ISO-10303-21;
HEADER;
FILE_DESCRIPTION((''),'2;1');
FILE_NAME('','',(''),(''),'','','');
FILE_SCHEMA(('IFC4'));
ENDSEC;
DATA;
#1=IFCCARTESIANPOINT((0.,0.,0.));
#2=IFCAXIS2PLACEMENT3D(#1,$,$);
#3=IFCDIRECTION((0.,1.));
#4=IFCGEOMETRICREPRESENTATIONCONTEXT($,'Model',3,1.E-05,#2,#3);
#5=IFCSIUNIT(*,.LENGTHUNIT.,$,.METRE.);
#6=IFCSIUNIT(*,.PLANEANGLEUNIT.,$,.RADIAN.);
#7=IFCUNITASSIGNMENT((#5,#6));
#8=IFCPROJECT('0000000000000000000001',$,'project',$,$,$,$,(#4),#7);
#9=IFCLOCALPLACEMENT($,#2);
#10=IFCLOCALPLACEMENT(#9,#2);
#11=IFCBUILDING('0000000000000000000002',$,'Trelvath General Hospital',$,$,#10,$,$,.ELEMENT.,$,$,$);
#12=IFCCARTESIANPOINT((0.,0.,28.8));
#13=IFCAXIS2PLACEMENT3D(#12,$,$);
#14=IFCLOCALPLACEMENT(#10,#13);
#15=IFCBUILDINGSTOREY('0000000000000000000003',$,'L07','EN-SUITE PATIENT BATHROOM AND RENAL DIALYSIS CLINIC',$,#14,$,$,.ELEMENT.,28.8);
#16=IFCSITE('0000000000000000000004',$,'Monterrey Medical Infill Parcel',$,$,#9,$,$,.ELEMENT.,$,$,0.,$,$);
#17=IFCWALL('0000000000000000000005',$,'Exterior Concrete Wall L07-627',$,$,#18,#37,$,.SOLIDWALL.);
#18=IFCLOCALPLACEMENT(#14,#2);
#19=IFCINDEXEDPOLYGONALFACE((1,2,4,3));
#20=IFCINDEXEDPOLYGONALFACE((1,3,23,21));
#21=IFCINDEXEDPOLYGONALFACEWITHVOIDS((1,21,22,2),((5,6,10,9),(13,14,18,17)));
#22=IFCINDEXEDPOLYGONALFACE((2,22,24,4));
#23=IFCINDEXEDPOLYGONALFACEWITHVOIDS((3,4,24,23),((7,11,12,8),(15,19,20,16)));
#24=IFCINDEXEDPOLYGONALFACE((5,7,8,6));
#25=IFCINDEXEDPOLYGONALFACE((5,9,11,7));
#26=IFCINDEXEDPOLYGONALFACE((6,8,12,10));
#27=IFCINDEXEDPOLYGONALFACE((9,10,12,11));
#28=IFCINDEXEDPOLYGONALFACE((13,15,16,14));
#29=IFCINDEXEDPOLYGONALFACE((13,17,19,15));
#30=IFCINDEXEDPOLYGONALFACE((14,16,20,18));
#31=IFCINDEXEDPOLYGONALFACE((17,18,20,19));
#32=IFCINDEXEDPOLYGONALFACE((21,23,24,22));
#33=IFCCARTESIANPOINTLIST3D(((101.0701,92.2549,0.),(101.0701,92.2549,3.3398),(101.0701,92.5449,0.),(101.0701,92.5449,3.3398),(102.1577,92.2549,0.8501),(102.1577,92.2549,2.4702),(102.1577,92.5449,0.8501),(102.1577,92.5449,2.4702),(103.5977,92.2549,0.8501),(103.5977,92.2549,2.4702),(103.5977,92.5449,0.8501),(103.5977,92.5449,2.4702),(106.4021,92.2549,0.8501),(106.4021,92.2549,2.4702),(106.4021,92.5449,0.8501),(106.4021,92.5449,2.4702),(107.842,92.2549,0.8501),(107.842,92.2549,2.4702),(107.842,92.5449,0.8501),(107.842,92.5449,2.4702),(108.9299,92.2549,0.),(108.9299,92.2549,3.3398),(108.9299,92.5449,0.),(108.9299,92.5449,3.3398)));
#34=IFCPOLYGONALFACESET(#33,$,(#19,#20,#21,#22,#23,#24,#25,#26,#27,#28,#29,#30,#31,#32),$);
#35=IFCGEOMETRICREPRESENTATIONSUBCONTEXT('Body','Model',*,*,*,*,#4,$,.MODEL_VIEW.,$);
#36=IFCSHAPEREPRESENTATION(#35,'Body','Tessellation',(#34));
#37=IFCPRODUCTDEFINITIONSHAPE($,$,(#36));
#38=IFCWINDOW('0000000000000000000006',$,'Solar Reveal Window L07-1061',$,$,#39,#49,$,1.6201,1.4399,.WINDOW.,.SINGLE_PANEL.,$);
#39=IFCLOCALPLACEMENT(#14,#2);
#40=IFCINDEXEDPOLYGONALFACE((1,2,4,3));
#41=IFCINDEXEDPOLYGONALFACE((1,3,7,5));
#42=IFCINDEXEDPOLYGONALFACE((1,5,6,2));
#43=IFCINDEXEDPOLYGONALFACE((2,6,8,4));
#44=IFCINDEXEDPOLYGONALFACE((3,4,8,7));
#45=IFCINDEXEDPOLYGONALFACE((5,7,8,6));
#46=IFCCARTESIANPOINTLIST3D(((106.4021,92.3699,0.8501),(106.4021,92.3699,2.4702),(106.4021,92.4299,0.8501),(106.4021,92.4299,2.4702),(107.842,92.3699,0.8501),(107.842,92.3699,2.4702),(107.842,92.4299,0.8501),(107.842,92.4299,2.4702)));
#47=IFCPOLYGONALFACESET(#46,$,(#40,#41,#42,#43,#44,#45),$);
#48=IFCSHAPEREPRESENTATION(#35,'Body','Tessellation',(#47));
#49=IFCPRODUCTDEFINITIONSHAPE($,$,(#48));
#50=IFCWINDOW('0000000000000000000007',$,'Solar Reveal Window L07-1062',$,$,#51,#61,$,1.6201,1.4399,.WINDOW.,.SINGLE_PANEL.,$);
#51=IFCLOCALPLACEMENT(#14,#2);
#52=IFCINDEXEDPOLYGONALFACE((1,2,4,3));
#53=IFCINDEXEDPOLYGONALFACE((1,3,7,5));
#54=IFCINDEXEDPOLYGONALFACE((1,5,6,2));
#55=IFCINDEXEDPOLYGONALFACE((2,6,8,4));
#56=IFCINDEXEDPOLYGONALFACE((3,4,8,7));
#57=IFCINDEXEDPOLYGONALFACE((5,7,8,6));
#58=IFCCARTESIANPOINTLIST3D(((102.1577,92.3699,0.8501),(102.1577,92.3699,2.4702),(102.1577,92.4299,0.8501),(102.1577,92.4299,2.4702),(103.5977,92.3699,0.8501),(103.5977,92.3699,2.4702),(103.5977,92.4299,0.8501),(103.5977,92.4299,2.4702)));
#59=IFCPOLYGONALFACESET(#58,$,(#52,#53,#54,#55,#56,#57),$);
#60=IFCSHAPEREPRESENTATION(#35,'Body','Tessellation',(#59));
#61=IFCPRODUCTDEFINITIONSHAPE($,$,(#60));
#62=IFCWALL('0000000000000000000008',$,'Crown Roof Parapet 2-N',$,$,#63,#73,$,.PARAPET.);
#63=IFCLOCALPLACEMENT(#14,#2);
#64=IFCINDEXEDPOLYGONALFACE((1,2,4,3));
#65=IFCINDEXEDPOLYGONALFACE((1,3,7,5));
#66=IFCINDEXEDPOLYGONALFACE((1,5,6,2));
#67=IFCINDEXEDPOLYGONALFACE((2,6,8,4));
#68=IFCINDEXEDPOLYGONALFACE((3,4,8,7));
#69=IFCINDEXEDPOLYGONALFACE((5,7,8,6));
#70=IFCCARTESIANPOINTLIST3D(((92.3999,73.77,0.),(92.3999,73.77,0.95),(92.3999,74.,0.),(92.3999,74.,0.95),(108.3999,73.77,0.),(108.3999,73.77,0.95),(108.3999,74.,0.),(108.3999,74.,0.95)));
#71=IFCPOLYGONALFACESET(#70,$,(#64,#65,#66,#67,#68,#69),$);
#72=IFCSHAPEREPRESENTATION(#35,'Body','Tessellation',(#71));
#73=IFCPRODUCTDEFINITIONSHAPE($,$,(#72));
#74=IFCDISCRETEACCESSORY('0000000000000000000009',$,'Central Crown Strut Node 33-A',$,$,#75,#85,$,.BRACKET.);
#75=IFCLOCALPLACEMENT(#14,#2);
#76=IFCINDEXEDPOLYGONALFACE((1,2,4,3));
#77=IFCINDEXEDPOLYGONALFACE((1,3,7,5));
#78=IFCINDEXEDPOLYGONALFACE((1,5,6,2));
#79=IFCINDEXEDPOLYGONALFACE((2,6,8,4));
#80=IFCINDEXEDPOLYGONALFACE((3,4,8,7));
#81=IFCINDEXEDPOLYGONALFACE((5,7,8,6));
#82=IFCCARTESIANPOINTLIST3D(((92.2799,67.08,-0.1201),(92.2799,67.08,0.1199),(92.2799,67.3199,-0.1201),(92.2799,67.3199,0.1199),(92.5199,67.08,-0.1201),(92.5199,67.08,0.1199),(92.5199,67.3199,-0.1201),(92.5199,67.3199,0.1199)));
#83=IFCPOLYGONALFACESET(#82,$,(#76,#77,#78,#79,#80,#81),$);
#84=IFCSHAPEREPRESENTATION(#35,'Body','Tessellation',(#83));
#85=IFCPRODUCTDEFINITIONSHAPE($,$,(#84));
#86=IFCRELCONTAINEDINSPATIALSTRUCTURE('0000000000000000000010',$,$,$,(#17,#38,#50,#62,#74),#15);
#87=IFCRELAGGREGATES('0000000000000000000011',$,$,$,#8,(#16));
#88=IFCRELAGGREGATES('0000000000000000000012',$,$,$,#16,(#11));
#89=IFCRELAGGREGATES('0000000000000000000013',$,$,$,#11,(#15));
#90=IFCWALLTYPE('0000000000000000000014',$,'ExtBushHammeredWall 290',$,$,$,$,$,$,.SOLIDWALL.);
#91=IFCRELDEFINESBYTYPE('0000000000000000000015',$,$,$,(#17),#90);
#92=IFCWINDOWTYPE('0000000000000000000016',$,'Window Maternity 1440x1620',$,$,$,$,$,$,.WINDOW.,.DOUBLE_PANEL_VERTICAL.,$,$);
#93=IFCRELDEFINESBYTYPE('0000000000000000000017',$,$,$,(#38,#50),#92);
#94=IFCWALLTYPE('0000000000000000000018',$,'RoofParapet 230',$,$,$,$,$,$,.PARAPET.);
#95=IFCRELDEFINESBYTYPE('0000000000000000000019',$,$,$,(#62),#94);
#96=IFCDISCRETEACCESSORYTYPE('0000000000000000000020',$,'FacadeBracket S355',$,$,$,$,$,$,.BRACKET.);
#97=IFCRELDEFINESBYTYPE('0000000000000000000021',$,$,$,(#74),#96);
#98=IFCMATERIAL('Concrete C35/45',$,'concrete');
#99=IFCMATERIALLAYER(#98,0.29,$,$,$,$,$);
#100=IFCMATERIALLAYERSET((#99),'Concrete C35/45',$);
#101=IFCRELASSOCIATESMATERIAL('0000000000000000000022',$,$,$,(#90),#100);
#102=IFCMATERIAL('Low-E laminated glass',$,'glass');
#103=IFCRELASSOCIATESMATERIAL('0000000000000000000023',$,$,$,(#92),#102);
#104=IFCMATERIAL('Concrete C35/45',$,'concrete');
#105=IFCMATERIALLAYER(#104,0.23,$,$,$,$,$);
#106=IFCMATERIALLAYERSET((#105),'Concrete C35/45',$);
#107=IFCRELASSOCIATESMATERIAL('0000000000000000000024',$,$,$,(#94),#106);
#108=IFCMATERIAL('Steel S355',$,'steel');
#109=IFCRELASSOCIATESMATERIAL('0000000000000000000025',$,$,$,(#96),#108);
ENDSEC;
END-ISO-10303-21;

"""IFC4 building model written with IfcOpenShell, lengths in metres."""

from ifc_helpers import new_model, si_unit, direction, frame, frame_2d, origin, origin_2d, place, context, subcontext, project, spatial, rectangle, extrude, material, layer, layer_set, type_object, element, fill, save


model = new_model("IFC4")

# Units and contexts
model_context = context("Model", 3, precision=1e-05, world=origin(), true_north=direction((0.0, 1.0)))
body_context = subcontext(model_context, "Body", "Model", "MODEL_VIEW")
ifc_project = project(units=[si_unit("LENGTHUNIT", "METRE"), si_unit("PLANEANGLEUNIT", "RADIAN")], contexts=[model_context])

# Site, building, storey
site_placement = place(None, origin())
site = spatial("IfcSite", under=ifc_project, at=site_placement, Name="Monterrey Medical Infill Parcel", CompositionType="ELEMENT", RefElevation=0.0)
building_placement = place(site_placement, origin())
building = spatial("IfcBuilding", under=site, at=building_placement, Name="Trelvath General Hospital", CompositionType="ELEMENT")
storey_placement = place(building_placement, frame((0.0, 0.0, 28.8)))
storey = spatial("IfcBuildingStorey", under=building, at=storey_placement, Name="L07", Description="EN-SUITE PATIENT BATHROOM AND RENAL DIALYSIS CLINIC", CompositionType="ELEMENT", Elevation=28.8)

# Wall, openings, windows
ifc_material_1 = material(Name="Concrete C35/45", Category="concrete")
ifc_layer_1 = layer(ifc_material_1, 0.29)
ifc_layer_set_1 = layer_set([ifc_layer_1], Name="Concrete C35/45")
wall_type_1 = type_object("IfcWallType", Name="ExtBushHammeredWall 290", PredefinedType="SOLIDWALL", material=ifc_layer_set_1)
wall_1_placement = place(storey_placement, frame((108.9299, 92.3999, 0.0), z_axis=(0.0, 0.0, 1.0), x_axis=(-1.0, 0.0, 0.0)))
wall_1 = element("IfcWall", 1, at=wall_1_placement, inside=storey, type_object=wall_type_1, Name="Exterior Concrete Wall L07-627", PredefinedType="SOLIDWALL", context=body_context, shape_type="SweptSolid", body=[
    extrude(rectangle(XDim=7.8599, YDim=0.29, at=frame_2d((3.9299, 0.0))), origin(), (0.0, 0.0, 1.0), 3.3398),
])
opening_1_placement = place(wall_1_placement, frame((1.0879, 0.0, 0.8501)))
opening_1 = element("IfcOpeningElement", 2, at=opening_1_placement, cuts=wall_1, PredefinedType="OPENING", context=body_context, shape_type="SweptSolid", body=[
    extrude(rectangle(XDim=1.4399, YDim=1.6201, at=frame_2d((0.72, 0.8101))), frame((0.0, 0.155, 0.0), z_axis=(0.0, -1.0, 0.0), x_axis=(1.0, 0.0, 0.0)), (0.0, 0.0, 1.0), 0.3101),
])
opening_2_placement = place(wall_1_placement, frame((5.3323, 0.0, 0.8501)))
opening_2 = element("IfcOpeningElement", 3, at=opening_2_placement, cuts=wall_1, PredefinedType="OPENING", context=body_context, shape_type="SweptSolid", body=[
    extrude(rectangle(XDim=1.4399, YDim=1.6201, at=frame_2d((0.72, 0.8101))), frame((0.0, 0.155, 0.0), z_axis=(0.0, -1.0, 0.0), x_axis=(1.0, 0.0, 0.0)), (0.0, 0.0, 1.0), 0.3101),
])
ifc_material_2 = material(Name="Low-E laminated glass", Category="glass")
window_type_1 = type_object("IfcWindowType", Name="Window Maternity 1440x1620", PartitioningType="DOUBLE_PANEL_VERTICAL", PredefinedType="WINDOW", material=ifc_material_2)
window_1_placement = place(opening_1_placement, origin())
window_1 = element("IfcWindow", 4, at=window_1_placement, inside=storey, type_object=window_type_1, Name="Solar Reveal Window L07-1061", OverallHeight=1.6201, OverallWidth=1.4399, PartitioningType="SINGLE_PANEL", PredefinedType="WINDOW", context=body_context, shape_type="SweptSolid", body=[
    extrude(rectangle(XDim=1.4399, YDim=1.6201, at=frame_2d((0.72, 0.8101))), frame((0.0, 0.03, 0.0), z_axis=(0.0, -1.0, 0.0), x_axis=(1.0, 0.0, 0.0)), (0.0, 0.0, 1.0), 0.0601),
])
fill(opening_1, window_1)
window_2_placement = place(opening_2_placement, origin())
window_2 = element("IfcWindow", 5, at=window_2_placement, inside=storey, type_object=window_type_1, Name="Solar Reveal Window L07-1062", OverallHeight=1.6201, OverallWidth=1.4399, PartitioningType="SINGLE_PANEL", PredefinedType="WINDOW", context=body_context, shape_type="SweptSolid", body=[
    extrude(rectangle(XDim=1.4399, YDim=1.6201, at=frame_2d((0.72, 0.8101))), frame((0.0, 0.03, 0.0), z_axis=(0.0, -1.0, 0.0), x_axis=(1.0, 0.0, 0.0)), (0.0, 0.0, 1.0), 0.0601),
])
fill(opening_2, window_2)

# Wall
ifc_material_3 = material(Name="Concrete C35/45", Category="concrete")
ifc_layer_2 = layer(ifc_material_3, 0.23)
ifc_layer_set_2 = layer_set([ifc_layer_2], Name="Concrete C35/45")
wall_type_2 = type_object("IfcWallType", Name="RoofParapet 230", PredefinedType="PARAPET", material=ifc_layer_set_2)
wall_2_placement = place(storey_placement, frame((92.3999, 73.885, 0.0), z_axis=(0.0, 0.0, 1.0), x_axis=(1.0, 0.0, 0.0)))
element("IfcWall", 6, at=wall_2_placement, inside=storey, type_object=wall_type_2, Name="Crown Roof Parapet 2-N", PredefinedType="PARAPET", context=body_context, shape_type="SweptSolid", body=[
    extrude(rectangle(XDim=16.0, YDim=0.23, at=frame_2d((8.0, 0.0))), origin(), (0.0, 0.0, 1.0), 0.95),
])

# Discrete accessory
ifc_material_4 = material(Name="Steel S355", Category="steel")
discrete_accessory_type = type_object("IfcDiscreteAccessoryType", Name="FacadeBracket S355", PredefinedType="BRACKET", material=ifc_material_4)
discrete_accessory_placement = place(storey_placement, frame((92.3999, 67.2, -0.1201), z_axis=(0.0, 0.0, 1.0), x_axis=(1.0, 0.0, 0.0)))
element("IfcDiscreteAccessory", 7, at=discrete_accessory_placement, inside=storey, type_object=discrete_accessory_type, Name="Central Crown Strut Node 33-A", PredefinedType="BRACKET", context=body_context, shape_type="SweptSolid", body=[
    extrude(rectangle(XDim=0.24, YDim=0.24, at=origin_2d()), origin(), (0.0, 0.0, 1.0), 0.24),
])

save(model, "model.ifc")
